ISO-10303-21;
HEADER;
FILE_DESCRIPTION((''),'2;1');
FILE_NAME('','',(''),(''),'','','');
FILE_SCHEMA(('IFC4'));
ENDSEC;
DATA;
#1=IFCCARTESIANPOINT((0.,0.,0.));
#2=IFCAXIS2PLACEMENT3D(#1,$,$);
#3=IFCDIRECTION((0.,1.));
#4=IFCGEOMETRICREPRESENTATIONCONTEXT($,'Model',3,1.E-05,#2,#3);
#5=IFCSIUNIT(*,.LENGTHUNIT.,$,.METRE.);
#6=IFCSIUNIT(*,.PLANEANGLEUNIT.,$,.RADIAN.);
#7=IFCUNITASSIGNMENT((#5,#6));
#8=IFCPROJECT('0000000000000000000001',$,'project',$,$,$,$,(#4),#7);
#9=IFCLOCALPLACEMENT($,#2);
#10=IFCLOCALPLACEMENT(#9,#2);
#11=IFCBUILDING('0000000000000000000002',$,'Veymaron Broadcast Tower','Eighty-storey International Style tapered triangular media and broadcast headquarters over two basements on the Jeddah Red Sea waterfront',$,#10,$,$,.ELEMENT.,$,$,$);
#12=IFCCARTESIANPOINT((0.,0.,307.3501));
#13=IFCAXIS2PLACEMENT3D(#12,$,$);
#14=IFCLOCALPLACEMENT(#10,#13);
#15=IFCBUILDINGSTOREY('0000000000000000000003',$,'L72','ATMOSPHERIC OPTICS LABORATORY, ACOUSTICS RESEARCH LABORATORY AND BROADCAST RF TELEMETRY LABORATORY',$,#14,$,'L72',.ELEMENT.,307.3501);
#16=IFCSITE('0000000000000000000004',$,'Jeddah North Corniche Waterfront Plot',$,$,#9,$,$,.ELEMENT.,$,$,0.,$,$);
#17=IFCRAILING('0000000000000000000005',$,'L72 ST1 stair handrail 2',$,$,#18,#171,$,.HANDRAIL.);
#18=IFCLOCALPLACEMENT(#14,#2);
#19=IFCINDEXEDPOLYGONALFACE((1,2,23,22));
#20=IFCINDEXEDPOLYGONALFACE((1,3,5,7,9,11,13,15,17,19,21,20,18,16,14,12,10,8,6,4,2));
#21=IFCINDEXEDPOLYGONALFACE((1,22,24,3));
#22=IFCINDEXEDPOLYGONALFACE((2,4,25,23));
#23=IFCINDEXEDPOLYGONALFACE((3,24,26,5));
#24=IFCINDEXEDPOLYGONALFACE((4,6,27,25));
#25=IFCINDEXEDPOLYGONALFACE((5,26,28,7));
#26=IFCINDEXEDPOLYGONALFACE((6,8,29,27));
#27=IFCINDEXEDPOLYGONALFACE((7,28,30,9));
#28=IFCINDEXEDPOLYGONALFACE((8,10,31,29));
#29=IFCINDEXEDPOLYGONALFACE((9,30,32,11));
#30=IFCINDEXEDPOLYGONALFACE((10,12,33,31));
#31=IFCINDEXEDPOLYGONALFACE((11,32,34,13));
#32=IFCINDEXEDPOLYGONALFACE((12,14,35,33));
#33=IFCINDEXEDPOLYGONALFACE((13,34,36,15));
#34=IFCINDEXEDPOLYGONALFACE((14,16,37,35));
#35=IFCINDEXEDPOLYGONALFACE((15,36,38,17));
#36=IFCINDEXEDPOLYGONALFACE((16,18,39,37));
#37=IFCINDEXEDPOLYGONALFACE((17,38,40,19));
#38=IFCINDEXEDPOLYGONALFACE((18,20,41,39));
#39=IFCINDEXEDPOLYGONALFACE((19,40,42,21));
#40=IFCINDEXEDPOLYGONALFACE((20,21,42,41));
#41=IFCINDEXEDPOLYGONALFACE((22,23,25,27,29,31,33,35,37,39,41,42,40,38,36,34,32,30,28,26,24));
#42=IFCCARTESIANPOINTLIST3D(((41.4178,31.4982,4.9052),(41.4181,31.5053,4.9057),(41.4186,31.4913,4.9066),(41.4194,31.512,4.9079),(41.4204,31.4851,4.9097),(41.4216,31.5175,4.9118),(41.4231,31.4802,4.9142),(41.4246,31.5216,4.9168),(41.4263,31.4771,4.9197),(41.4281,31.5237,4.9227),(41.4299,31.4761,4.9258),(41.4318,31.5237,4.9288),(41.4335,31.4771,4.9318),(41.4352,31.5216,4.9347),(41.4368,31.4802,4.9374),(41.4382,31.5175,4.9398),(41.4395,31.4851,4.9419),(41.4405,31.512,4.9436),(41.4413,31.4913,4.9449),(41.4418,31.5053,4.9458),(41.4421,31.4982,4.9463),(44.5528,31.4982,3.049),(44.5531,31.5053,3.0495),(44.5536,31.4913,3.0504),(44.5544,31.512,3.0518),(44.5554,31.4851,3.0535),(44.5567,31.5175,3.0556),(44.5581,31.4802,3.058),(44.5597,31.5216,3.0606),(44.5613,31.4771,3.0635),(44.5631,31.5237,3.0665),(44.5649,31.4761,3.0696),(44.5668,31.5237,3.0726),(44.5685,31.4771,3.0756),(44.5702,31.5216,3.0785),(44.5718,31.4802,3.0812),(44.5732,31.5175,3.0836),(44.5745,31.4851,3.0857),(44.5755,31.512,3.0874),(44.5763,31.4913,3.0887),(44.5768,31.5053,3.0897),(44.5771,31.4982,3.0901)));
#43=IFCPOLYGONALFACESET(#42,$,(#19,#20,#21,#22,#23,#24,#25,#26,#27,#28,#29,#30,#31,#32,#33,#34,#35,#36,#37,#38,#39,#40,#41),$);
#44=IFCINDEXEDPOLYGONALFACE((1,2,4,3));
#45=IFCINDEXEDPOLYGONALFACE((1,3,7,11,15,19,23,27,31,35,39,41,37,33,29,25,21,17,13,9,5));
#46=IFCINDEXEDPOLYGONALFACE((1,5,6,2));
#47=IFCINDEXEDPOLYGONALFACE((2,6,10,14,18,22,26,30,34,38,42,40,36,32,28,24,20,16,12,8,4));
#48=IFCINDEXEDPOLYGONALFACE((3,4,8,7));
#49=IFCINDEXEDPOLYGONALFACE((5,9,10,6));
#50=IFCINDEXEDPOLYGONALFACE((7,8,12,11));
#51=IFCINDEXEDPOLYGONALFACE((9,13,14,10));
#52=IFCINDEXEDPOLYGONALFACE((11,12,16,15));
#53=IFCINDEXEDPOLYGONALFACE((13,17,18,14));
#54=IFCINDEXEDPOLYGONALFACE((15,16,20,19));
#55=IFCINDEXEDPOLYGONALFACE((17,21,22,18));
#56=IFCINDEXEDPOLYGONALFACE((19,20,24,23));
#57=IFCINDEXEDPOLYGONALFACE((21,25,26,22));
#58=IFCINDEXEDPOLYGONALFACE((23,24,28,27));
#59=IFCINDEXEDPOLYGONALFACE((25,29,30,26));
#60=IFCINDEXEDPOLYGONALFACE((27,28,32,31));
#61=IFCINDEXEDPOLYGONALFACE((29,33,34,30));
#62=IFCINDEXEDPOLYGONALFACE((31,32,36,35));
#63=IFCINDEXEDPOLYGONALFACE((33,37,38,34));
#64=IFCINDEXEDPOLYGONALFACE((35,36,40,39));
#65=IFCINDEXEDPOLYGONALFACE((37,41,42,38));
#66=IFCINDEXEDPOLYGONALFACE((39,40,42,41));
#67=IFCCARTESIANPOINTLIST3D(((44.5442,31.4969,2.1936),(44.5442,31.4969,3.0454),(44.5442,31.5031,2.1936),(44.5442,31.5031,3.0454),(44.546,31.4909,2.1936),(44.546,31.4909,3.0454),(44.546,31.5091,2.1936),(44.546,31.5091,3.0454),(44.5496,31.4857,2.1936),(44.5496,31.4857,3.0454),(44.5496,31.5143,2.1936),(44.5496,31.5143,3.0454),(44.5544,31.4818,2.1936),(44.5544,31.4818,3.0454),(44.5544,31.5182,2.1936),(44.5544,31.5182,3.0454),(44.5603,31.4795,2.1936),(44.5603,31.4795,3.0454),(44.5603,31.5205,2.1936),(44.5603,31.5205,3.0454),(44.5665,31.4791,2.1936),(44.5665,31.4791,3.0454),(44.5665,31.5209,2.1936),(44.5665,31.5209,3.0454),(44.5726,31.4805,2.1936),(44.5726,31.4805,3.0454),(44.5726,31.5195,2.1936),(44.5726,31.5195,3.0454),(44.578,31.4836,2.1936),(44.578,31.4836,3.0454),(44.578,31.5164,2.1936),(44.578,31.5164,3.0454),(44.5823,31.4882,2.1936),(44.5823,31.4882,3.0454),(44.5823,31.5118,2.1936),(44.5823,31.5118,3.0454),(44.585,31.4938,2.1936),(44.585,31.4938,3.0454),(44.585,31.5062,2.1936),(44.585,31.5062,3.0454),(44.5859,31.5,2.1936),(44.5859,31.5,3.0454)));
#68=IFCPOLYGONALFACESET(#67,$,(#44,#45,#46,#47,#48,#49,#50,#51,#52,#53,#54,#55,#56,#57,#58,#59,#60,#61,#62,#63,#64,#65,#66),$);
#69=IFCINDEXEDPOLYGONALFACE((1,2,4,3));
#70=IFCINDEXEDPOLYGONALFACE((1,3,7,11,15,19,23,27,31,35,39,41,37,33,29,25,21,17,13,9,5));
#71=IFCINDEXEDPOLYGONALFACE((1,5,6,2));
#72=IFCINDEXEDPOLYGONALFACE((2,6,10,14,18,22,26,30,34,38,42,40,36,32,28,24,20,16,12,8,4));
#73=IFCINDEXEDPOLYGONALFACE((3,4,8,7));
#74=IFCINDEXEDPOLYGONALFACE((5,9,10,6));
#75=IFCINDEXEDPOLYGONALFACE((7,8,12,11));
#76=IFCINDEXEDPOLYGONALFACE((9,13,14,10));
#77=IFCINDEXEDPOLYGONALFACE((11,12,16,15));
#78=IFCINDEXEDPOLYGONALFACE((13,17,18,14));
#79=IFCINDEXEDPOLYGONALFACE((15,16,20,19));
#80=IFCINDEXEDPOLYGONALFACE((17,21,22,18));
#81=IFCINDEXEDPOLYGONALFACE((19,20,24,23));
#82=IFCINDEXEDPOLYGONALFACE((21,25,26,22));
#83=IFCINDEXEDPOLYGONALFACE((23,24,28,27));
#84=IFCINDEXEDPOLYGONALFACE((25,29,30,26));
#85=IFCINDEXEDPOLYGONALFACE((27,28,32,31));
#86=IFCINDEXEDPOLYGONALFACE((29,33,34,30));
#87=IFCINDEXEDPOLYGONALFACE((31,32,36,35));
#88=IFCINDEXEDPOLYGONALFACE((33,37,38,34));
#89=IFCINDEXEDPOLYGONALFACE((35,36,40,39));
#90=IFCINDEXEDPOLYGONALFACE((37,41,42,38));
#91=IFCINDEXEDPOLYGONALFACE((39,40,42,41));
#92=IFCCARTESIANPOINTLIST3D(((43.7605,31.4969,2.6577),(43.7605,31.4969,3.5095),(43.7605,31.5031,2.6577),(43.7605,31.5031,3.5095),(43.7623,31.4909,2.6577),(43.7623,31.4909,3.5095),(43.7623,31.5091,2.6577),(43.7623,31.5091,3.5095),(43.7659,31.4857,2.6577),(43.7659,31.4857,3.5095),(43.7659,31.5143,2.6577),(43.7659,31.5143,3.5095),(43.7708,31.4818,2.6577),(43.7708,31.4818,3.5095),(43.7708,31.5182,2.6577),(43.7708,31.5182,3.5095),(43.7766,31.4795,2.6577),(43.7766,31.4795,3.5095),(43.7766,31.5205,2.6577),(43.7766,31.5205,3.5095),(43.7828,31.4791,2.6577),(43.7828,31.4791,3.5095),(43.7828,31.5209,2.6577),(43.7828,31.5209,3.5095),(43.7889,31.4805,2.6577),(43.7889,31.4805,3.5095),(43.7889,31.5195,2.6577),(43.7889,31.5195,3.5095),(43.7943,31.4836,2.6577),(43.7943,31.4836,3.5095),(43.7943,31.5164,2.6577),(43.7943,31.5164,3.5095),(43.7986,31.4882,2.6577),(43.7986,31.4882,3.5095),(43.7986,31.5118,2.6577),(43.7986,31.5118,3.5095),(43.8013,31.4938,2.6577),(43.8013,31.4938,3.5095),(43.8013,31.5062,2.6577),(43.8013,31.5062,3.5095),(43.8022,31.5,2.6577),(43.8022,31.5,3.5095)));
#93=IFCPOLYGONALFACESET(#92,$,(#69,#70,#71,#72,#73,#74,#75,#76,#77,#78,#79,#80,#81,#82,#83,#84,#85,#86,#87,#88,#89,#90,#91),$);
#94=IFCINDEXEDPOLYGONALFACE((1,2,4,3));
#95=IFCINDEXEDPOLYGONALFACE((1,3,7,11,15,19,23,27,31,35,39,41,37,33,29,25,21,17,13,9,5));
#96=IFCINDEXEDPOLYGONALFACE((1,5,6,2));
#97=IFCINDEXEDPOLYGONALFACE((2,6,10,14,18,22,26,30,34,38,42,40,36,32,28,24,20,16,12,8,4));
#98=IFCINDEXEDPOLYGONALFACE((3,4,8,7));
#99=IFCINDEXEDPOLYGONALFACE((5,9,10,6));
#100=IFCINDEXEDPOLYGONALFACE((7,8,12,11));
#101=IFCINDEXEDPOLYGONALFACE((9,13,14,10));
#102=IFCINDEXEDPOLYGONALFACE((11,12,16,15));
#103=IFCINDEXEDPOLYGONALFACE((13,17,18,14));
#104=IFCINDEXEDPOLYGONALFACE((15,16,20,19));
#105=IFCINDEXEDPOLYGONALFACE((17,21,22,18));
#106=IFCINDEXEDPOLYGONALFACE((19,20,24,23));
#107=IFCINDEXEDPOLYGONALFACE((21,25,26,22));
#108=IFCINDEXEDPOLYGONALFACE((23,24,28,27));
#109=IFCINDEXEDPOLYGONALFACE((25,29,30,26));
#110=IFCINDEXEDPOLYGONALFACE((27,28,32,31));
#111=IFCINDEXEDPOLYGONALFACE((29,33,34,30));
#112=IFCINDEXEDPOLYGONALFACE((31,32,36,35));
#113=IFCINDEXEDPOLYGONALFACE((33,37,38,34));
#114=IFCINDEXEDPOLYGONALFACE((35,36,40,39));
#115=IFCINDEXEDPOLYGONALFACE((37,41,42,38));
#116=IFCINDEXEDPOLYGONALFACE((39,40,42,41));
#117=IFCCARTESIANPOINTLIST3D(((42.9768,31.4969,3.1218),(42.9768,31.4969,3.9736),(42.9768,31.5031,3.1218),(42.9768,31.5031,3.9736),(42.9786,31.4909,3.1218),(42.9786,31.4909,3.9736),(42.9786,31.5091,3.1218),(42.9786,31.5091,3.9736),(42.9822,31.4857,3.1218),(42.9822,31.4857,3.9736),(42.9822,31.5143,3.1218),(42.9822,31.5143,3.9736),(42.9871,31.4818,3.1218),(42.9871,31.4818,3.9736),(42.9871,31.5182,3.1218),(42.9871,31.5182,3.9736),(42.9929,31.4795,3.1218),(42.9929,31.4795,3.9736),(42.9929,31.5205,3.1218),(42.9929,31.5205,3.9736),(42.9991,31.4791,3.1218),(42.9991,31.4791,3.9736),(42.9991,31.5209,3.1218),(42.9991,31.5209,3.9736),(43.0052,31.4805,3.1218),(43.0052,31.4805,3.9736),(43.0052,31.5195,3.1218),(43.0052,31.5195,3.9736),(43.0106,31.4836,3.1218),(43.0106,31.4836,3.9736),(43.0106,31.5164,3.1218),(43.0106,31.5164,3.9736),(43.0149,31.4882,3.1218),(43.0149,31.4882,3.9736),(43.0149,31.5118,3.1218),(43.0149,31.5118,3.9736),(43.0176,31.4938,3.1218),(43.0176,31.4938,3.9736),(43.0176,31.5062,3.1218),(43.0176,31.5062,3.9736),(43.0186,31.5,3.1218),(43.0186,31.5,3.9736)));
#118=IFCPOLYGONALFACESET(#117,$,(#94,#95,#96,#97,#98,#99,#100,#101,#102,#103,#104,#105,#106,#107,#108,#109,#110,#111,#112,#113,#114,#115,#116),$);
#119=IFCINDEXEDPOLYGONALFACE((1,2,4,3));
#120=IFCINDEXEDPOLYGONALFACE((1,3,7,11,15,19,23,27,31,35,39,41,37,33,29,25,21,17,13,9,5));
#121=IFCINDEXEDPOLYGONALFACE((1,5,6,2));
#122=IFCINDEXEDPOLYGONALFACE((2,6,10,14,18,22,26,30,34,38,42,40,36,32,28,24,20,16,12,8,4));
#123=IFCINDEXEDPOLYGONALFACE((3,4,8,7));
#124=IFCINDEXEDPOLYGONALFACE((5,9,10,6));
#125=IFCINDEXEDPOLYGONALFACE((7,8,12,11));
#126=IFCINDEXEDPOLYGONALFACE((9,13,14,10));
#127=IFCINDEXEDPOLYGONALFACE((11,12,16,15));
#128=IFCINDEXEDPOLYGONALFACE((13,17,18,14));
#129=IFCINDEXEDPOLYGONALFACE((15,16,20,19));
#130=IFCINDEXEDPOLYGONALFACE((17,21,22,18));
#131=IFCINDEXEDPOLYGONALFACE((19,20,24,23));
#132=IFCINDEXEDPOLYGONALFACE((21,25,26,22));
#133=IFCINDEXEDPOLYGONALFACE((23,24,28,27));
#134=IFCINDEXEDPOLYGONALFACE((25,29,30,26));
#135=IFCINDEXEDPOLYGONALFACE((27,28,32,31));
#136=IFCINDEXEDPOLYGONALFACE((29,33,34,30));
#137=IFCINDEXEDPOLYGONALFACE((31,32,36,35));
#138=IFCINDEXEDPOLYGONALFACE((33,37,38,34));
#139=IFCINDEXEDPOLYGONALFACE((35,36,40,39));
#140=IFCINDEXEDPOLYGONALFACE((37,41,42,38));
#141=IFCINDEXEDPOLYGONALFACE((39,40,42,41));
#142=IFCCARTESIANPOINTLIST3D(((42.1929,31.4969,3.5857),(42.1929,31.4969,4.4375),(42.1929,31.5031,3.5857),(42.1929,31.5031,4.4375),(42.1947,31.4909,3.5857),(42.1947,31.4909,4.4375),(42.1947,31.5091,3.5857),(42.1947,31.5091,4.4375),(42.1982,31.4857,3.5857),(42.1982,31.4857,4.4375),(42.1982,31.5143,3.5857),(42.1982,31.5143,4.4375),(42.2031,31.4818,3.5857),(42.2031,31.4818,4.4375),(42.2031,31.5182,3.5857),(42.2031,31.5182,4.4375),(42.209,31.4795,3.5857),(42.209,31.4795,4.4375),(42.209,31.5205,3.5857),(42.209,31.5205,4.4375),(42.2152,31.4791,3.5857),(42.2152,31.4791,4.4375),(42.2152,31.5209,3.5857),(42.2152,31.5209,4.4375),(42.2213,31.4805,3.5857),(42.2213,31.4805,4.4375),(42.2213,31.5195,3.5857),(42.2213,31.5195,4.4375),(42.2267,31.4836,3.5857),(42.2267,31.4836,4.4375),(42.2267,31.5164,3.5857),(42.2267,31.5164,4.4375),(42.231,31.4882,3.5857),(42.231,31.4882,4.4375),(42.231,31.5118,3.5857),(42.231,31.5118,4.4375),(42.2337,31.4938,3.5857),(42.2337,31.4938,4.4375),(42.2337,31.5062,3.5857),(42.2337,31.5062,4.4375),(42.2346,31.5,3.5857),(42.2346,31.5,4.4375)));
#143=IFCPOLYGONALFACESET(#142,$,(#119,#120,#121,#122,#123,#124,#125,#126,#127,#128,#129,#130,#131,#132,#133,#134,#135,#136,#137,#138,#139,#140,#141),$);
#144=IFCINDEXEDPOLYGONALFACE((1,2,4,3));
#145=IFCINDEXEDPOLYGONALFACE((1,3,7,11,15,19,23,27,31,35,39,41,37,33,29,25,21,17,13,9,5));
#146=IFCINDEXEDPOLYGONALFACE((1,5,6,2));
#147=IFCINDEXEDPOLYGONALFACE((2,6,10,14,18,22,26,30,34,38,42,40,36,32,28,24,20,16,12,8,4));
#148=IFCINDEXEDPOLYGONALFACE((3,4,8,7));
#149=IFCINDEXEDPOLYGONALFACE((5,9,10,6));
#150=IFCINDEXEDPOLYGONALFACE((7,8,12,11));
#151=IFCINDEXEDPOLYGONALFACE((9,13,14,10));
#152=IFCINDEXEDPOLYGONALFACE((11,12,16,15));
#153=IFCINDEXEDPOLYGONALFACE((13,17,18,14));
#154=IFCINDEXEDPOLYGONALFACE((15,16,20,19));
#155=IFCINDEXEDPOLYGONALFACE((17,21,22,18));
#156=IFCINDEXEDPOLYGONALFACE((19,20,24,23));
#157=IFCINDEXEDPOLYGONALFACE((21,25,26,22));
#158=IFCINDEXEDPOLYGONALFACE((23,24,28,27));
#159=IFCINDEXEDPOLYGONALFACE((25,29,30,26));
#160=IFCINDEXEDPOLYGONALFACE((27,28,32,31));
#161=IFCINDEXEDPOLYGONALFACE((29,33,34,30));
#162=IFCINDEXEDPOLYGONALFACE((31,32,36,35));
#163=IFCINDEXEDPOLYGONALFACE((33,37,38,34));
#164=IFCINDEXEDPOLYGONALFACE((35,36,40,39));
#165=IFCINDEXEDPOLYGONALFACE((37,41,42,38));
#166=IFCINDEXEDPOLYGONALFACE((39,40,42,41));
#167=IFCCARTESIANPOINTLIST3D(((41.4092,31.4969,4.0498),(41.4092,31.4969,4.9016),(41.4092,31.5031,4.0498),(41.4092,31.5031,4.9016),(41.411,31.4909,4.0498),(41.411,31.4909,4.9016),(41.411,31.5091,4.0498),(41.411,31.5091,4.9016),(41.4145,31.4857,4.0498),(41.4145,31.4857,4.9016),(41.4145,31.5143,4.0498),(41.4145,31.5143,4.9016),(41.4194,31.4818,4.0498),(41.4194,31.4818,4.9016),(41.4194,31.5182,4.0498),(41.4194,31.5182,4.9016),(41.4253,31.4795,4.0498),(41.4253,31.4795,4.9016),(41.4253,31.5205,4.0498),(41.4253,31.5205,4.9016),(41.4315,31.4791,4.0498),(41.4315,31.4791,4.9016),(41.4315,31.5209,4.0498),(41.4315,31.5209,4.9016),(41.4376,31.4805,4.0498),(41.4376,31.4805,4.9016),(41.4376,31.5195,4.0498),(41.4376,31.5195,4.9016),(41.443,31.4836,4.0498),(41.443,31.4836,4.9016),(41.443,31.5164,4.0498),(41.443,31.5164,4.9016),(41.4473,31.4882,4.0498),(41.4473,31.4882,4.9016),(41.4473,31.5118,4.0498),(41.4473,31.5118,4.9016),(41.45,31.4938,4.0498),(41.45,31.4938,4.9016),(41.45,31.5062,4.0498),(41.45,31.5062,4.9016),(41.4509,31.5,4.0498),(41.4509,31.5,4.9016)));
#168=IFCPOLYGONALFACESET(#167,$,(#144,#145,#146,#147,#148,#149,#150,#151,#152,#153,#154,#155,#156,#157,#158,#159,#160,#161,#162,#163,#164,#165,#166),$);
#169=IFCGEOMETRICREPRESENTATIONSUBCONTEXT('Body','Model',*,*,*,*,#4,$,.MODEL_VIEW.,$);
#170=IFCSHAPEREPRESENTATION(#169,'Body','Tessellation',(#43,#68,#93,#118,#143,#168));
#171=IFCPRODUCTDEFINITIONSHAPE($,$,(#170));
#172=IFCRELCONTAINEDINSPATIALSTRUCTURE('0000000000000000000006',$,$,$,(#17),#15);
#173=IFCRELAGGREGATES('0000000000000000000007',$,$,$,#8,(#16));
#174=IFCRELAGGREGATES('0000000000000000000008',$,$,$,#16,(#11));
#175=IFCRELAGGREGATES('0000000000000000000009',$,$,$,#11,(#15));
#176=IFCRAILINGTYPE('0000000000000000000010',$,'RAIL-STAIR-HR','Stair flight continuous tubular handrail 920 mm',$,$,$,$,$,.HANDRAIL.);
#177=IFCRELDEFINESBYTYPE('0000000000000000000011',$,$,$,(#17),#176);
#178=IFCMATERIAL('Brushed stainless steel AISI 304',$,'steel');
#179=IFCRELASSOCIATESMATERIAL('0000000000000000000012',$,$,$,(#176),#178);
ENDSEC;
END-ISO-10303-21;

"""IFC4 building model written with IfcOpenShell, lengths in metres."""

from ifc_helpers import new_model, si_unit, direction, frame, origin, origin_2d, place, context, subcontext, project, spatial, circle, extrude, material, type_object, element, save


model = new_model("IFC4")

# Units and contexts
model_context = context("Model", 3, precision=1e-05, world=origin(), true_north=direction((0.0, 1.0)))
body_context = subcontext(model_context, "Body", "Model", "MODEL_VIEW")
ifc_project = project(units=[si_unit("LENGTHUNIT", "METRE"), si_unit("PLANEANGLEUNIT", "RADIAN")], contexts=[model_context])

# Site, building, storey
site_placement = place(None, origin())
site = spatial("IfcSite", under=ifc_project, at=site_placement, Name="Jeddah North Corniche Waterfront Plot", CompositionType="ELEMENT", RefElevation=0.0)
building_placement = place(site_placement, origin())
building = spatial("IfcBuilding", under=site, at=building_placement, Name="Veymaron Broadcast Tower", Description="Eighty-storey International Style tapered triangular media and broadcast headquarters over two basements on the Jeddah Red Sea waterfront", CompositionType="ELEMENT")
storey_placement = place(building_placement, frame((0.0, 0.0, 307.3501)))
storey = spatial("IfcBuildingStorey", under=building, at=storey_placement, Name="L72", Description="ATMOSPHERIC OPTICS LABORATORY, ACOUSTICS RESEARCH LABORATORY AND BROADCAST RF TELEMETRY LABORATORY", LongName="L72", CompositionType="ELEMENT", Elevation=307.3501)

# Shared definitions
ifc_material_1 = material(Name="Brushed stainless steel AISI 304", Category="steel")

# Railing
railing_type_1 = type_object("IfcRailingType", Name="RAIL-STAIR-HR", Description="Stair flight continuous tubular handrail 920 mm", PredefinedType="HANDRAIL", material=ifc_material_1)
railing_1_placement = place(storey_placement, frame((44.5649, 31.5, 2.1936)))
element("IfcRailing", 1, at=railing_1_placement, inside=storey, type_object=railing_type_1, Name="L72 ST1 stair handrail 2", PredefinedType="HANDRAIL", context=body_context, shape_type="SweptSolid", body=[
    extrude(circle(Radius=0.0239, at=origin_2d()), frame((0.0, 0.0, 0.876), z_axis=(-0.860482, 0.0, 0.509481), x_axis=(0.0, -1.0, 0.0)), (0.0, 0.0, 1.0), 3.6433),
    extrude(circle(Radius=0.021, at=origin_2d()), origin(), (0.0, 0.0, 1.0), 0.8518),
    extrude(circle(Radius=0.021, at=origin_2d()), frame((-0.7837, 0.0, 0.4641)), (0.0, 0.0, 1.0), 0.8518),
    extrude(circle(Radius=0.021, at=origin_2d()), frame((-1.5674, 0.0, 0.9282)), (0.0, 0.0, 1.0), 0.8518),
    extrude(circle(Radius=0.021, at=origin_2d()), frame((-2.3513, 0.0, 1.3921)), (0.0, 0.0, 1.0), 0.8518),
    extrude(circle(Radius=0.021, at=origin_2d()), frame((-3.135, 0.0, 1.8562)), (0.0, 0.0, 1.0), 0.8518),
])

save(model, "model.ifc")
